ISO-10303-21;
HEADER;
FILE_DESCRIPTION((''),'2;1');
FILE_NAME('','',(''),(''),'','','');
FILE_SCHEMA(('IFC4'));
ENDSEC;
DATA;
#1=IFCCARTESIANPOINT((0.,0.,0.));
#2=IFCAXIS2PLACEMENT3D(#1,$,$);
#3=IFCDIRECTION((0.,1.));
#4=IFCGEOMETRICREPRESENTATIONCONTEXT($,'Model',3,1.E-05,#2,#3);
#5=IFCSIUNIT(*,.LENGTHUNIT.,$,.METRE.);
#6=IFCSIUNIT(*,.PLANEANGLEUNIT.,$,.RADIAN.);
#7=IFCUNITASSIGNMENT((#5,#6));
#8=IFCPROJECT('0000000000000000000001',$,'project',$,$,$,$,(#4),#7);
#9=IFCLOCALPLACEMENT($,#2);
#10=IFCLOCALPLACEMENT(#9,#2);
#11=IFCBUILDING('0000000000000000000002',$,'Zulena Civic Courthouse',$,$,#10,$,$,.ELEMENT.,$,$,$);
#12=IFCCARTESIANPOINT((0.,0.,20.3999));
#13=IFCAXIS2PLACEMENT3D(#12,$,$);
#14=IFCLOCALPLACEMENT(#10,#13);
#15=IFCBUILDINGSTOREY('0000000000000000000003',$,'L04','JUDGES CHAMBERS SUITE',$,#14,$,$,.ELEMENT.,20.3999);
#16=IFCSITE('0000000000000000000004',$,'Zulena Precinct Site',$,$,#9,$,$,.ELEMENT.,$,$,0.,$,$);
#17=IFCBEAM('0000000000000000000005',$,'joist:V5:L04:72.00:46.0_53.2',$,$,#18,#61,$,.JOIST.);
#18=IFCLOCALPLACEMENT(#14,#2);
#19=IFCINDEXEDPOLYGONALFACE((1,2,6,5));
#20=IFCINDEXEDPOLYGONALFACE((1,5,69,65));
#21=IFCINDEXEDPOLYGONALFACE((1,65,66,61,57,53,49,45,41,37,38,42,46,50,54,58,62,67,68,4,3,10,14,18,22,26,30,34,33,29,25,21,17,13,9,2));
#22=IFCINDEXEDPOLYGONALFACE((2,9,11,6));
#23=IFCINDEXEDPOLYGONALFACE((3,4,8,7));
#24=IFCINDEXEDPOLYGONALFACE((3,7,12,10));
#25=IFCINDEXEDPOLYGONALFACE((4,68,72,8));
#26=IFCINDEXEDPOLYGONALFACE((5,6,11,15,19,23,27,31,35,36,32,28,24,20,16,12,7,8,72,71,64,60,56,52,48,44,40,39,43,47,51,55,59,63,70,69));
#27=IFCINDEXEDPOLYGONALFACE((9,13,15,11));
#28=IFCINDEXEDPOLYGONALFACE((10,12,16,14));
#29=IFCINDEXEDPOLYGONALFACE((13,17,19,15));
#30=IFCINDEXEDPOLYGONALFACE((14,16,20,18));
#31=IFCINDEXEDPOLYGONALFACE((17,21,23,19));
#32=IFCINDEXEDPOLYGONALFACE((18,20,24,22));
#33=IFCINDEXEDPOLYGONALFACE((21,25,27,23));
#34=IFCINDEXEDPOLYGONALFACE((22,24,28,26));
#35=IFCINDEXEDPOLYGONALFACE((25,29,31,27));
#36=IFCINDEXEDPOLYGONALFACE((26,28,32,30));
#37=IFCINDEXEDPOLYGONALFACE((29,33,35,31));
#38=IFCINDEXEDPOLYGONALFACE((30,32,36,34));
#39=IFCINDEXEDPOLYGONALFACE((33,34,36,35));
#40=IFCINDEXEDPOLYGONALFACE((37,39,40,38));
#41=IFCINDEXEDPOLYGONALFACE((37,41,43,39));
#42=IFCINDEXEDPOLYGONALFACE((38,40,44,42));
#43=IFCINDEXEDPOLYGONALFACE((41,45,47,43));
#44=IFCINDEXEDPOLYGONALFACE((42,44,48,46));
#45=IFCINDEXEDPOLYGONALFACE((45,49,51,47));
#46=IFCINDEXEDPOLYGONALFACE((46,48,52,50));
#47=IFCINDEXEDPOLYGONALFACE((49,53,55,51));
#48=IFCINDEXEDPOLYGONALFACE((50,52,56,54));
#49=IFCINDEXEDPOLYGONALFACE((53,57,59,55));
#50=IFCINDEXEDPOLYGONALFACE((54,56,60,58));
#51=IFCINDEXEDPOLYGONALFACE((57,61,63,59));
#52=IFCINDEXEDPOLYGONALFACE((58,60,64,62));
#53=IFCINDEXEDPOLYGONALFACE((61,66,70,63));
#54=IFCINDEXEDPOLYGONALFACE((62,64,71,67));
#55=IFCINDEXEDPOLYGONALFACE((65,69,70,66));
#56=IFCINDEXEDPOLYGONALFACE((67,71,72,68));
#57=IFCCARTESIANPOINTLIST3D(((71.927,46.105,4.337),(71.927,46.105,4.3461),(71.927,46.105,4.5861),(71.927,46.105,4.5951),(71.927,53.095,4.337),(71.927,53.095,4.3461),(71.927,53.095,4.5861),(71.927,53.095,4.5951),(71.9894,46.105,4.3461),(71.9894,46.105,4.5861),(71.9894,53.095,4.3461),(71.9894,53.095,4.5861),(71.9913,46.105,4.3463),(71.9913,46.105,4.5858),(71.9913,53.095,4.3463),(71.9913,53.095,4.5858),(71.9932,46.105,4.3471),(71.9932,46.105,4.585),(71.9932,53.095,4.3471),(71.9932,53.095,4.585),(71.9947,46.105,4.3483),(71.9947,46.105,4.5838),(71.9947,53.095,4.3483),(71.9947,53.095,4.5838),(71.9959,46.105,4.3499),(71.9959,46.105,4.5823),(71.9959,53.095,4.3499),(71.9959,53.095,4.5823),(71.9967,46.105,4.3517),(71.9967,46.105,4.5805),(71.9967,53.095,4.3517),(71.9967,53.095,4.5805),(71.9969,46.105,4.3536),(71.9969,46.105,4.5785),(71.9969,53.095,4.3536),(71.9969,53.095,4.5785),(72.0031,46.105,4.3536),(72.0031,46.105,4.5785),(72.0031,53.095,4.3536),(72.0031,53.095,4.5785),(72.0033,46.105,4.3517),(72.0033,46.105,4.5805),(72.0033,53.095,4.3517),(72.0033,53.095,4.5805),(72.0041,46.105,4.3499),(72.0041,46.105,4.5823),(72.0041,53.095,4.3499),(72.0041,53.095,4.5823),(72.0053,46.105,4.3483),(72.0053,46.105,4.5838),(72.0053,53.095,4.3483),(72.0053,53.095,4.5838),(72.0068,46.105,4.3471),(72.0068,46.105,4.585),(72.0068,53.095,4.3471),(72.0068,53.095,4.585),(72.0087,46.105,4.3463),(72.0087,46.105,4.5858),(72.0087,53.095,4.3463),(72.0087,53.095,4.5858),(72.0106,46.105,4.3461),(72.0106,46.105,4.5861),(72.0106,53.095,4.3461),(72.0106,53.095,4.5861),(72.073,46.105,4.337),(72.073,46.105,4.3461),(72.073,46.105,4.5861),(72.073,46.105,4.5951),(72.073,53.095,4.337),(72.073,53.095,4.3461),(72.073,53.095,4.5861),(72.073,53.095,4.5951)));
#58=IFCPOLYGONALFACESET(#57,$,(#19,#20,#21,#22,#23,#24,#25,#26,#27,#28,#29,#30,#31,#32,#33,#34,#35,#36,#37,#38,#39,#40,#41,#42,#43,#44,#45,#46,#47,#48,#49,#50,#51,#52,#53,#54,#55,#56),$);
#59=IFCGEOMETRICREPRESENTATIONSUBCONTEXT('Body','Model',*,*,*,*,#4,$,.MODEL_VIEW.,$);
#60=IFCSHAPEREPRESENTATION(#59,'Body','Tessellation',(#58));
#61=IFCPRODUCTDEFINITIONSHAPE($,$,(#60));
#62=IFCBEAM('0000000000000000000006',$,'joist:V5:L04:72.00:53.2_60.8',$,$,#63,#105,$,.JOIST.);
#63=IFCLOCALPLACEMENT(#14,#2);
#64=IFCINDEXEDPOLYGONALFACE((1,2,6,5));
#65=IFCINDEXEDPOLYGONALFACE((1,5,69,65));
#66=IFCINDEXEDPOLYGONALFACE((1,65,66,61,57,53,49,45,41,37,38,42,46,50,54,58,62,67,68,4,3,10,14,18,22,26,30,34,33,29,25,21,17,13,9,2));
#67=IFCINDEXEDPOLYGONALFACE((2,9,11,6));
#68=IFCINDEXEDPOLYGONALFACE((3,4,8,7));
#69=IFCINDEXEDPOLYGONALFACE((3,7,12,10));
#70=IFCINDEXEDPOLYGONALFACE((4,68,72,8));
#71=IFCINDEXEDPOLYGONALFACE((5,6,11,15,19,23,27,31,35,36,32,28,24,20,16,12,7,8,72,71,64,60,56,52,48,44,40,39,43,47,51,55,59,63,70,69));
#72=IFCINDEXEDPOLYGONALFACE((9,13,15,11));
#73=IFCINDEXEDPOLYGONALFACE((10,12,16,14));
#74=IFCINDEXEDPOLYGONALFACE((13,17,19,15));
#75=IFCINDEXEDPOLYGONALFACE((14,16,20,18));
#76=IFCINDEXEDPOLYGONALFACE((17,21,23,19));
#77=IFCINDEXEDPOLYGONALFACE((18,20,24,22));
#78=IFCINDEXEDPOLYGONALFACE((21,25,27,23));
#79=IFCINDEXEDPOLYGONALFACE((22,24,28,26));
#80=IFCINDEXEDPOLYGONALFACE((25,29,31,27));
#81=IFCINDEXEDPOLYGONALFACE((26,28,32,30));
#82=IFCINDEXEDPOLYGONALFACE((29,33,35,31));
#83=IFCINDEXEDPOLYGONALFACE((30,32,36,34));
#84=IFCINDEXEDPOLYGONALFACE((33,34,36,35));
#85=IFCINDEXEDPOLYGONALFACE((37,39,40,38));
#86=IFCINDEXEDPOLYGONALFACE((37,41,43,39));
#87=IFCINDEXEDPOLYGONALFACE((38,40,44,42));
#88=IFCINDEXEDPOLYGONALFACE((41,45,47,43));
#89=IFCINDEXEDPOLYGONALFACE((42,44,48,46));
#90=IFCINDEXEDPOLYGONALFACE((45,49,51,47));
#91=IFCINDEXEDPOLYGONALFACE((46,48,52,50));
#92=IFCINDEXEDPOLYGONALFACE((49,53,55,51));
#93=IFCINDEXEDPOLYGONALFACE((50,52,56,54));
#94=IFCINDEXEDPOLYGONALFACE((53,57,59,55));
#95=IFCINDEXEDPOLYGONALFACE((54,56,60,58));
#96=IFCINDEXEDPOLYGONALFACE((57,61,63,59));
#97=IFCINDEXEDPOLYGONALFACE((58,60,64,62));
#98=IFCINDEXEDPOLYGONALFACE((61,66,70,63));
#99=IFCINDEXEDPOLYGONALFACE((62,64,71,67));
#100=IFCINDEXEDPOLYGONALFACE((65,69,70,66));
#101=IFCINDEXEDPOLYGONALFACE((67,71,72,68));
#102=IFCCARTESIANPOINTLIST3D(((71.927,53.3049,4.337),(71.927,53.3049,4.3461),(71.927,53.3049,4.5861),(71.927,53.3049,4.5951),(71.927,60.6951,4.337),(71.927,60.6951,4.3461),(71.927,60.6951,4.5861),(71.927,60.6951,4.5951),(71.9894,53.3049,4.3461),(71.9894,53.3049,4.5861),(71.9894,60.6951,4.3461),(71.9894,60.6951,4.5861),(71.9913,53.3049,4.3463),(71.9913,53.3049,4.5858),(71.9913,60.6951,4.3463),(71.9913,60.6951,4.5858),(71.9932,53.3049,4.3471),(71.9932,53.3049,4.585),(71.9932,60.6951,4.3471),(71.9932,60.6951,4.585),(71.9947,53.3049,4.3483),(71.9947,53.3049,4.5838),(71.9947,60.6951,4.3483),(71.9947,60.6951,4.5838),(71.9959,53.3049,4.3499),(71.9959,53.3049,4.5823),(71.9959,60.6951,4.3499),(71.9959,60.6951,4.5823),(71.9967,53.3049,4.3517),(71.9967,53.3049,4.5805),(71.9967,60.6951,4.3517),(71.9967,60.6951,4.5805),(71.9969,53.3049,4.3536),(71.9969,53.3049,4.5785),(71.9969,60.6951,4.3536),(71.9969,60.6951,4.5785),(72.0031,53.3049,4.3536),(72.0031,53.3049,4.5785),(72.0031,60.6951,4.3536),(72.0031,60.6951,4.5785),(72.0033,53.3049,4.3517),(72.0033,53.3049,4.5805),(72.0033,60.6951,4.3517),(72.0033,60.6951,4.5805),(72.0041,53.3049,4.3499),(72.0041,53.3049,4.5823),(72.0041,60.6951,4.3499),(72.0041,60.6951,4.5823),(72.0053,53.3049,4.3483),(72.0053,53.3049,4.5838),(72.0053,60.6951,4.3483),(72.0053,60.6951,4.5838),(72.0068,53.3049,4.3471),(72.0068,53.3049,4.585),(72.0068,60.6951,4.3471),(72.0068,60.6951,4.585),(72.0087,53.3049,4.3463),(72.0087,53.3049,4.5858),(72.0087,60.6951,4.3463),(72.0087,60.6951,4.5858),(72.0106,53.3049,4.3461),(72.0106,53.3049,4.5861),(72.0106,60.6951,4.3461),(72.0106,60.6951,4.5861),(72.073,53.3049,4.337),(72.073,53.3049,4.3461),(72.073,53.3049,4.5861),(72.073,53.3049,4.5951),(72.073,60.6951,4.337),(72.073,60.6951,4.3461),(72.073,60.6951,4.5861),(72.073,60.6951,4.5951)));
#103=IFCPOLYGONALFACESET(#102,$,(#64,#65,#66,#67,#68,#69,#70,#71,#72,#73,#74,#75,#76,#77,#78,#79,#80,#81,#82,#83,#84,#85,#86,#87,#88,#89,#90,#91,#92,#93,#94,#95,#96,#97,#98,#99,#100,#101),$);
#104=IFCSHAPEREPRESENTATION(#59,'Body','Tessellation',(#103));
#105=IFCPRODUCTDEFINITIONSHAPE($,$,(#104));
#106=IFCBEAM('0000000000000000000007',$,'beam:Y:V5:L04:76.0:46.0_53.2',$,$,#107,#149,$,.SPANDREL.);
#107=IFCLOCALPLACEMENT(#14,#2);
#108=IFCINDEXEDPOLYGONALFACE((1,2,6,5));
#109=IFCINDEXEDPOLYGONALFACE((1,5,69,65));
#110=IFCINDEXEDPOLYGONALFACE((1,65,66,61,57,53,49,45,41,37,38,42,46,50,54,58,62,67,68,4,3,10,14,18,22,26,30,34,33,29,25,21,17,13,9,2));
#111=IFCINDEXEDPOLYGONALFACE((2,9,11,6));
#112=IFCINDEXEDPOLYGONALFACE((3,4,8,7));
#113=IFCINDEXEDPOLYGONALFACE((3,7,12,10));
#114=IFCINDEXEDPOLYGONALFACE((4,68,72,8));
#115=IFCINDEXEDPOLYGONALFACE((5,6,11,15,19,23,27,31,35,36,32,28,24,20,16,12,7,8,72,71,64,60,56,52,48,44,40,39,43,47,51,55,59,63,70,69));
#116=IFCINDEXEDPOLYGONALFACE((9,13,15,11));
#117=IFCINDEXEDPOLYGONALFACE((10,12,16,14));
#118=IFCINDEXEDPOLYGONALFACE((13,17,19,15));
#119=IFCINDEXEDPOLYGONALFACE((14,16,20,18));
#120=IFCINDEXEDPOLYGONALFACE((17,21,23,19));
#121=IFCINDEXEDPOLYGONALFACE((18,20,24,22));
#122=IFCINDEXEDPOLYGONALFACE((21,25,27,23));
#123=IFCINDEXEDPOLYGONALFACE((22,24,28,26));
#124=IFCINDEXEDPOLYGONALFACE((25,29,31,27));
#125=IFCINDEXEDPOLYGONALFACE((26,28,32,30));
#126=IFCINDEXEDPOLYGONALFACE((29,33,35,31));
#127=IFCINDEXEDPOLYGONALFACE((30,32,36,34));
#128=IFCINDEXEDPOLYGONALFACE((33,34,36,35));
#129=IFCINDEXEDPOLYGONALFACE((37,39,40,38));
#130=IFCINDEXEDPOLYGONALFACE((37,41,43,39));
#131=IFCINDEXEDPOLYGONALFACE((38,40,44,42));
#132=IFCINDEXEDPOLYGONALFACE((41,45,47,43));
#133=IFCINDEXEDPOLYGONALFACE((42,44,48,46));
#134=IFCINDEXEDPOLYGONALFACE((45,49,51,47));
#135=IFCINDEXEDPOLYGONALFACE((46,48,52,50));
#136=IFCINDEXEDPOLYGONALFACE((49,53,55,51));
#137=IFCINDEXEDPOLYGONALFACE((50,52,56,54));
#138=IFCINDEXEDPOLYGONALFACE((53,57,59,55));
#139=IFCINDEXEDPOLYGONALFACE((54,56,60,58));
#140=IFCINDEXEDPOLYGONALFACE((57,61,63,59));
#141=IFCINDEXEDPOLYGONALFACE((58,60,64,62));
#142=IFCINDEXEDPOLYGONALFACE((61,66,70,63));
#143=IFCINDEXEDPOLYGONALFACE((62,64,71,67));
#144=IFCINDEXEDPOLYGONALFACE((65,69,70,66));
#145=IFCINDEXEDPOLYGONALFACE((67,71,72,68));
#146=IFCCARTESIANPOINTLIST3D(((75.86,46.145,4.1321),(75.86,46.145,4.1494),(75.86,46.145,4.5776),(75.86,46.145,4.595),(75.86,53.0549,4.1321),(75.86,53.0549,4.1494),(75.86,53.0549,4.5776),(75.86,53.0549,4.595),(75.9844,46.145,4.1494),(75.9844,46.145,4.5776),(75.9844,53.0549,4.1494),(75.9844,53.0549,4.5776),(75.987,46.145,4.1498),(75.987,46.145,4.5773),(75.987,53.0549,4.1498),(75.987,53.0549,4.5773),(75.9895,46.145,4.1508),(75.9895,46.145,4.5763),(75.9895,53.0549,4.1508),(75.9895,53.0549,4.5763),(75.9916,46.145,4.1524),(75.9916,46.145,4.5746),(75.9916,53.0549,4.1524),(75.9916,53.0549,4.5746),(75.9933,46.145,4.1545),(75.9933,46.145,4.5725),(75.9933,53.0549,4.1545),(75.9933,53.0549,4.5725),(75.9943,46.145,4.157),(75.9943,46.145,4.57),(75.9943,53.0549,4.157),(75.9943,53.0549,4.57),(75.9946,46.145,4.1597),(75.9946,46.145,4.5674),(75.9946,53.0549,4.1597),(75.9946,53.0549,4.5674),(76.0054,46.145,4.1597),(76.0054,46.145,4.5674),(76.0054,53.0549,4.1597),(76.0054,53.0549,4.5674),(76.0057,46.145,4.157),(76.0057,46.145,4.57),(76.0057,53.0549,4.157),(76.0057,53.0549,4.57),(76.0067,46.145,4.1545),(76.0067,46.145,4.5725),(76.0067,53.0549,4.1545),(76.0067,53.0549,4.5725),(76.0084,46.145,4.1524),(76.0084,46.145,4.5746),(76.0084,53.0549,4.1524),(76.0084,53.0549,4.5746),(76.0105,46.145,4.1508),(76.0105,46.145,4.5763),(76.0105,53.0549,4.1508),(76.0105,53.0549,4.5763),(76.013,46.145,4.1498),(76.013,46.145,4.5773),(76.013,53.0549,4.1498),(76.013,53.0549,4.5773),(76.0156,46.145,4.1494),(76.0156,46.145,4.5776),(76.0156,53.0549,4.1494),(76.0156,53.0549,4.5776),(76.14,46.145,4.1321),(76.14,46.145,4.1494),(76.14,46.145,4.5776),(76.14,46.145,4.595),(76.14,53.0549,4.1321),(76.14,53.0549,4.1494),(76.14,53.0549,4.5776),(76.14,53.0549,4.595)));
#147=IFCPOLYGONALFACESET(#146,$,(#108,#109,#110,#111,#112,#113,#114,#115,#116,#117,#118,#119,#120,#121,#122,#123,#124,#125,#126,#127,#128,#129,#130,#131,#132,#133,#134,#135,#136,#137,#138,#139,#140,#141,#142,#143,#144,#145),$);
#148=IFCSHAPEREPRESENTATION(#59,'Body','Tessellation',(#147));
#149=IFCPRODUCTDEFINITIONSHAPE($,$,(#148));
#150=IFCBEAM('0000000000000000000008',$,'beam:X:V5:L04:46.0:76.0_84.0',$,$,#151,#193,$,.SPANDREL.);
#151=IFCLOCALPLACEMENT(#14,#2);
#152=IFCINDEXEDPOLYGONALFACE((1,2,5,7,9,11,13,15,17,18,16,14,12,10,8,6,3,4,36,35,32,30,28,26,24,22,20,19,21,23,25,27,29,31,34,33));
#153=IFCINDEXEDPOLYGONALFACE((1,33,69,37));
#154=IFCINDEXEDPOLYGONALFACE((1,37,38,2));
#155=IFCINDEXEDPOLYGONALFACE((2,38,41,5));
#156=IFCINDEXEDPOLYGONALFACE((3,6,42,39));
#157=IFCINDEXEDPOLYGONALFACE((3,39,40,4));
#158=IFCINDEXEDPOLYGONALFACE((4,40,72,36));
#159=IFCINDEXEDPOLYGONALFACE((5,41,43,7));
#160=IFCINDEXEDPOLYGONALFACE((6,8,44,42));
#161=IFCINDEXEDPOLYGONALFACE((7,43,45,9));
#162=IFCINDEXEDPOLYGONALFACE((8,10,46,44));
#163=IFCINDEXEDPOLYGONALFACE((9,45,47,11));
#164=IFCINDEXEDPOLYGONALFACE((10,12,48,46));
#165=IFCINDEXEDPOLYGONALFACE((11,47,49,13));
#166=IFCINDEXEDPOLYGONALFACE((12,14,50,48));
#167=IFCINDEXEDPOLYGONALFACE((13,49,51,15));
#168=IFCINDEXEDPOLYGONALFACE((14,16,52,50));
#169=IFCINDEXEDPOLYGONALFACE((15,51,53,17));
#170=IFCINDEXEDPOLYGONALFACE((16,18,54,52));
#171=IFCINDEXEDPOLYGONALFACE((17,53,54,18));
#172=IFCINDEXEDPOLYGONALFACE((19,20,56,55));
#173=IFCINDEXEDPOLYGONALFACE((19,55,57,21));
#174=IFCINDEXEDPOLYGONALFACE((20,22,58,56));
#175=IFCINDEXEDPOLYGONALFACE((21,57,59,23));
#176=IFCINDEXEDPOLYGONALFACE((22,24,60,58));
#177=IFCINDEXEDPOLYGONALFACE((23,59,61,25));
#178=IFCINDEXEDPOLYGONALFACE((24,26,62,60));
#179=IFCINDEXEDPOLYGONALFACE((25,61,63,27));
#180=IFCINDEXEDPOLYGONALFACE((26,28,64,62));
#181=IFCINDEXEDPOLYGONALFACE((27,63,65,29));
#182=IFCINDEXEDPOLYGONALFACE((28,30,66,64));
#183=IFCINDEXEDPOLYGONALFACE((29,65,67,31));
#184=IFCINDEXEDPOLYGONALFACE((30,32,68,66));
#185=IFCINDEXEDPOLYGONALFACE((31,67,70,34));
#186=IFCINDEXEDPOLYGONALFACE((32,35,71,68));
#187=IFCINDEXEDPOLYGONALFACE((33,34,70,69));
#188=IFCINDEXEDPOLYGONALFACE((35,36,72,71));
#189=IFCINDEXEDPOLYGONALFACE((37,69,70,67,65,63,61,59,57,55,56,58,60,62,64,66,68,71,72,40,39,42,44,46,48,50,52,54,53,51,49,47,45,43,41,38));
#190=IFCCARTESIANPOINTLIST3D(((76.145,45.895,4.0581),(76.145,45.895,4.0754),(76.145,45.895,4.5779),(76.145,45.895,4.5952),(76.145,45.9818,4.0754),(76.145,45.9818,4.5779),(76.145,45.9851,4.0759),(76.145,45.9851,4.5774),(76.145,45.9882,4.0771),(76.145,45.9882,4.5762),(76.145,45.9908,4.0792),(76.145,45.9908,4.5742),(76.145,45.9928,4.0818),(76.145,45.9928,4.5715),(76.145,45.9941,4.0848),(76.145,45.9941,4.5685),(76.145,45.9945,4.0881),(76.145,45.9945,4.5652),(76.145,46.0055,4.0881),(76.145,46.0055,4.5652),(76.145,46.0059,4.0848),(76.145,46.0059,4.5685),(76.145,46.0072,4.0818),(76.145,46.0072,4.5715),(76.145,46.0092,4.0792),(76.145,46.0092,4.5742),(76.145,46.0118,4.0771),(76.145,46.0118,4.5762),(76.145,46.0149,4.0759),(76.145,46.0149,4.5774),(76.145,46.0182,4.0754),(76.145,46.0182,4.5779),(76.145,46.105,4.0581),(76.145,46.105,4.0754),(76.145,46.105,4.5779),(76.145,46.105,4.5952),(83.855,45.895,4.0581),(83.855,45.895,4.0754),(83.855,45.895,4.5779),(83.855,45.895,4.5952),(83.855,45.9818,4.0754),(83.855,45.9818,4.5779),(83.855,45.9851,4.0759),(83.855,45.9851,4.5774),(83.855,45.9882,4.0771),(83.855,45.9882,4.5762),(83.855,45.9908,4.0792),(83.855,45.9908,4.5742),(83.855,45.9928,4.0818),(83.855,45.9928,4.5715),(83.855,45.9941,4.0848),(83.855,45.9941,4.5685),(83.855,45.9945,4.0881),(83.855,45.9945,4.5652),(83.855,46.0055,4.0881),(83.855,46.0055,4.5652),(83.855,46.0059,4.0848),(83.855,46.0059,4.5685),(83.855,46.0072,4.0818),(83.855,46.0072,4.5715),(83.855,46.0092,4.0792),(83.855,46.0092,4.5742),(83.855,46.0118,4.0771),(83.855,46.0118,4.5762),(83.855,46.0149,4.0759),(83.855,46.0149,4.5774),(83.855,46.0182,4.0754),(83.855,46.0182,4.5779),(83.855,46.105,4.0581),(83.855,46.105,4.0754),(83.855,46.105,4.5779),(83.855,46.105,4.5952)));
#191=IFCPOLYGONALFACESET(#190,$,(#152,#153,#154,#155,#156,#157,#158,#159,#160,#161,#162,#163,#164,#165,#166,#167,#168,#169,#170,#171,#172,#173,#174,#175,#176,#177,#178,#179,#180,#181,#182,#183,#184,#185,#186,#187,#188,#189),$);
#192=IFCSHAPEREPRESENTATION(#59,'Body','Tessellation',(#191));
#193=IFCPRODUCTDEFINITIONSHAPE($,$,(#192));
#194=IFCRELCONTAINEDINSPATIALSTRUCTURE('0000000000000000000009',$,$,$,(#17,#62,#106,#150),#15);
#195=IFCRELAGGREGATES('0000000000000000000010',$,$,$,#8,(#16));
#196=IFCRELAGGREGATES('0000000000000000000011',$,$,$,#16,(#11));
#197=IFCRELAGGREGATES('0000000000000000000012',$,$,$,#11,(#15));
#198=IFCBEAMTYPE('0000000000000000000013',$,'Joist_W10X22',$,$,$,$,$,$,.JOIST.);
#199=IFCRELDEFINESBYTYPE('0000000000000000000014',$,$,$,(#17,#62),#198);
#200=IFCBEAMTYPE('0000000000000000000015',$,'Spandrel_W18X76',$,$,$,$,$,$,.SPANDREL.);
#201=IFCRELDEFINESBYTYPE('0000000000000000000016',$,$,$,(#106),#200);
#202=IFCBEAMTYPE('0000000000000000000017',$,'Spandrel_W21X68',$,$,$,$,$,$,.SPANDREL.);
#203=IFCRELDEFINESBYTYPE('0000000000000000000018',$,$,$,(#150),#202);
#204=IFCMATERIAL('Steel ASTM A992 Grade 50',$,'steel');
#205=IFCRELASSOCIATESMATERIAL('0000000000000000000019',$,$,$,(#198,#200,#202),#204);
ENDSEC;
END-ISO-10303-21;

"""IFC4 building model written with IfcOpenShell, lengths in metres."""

from ifc_helpers import new_model, si_unit, direction, frame, origin, origin_2d, place, context, subcontext, project, spatial, i_section, extrude, material, material_profile, profile_set, type_object, element, save


model = new_model("IFC4")

# Units and contexts
model_context = context("Model", 3, precision=1e-05, world=origin(), true_north=direction((0.0, 1.0)))
body_context = subcontext(model_context, "Body", "Model", "MODEL_VIEW")
ifc_project = project(units=[si_unit("LENGTHUNIT", "METRE"), si_unit("PLANEANGLEUNIT", "RADIAN")], contexts=[model_context])

# Site, building, storey
site_placement = place(None, origin())
site = spatial("IfcSite", under=ifc_project, at=site_placement, Name="Zulena Precinct Site", CompositionType="ELEMENT", RefElevation=0.0)
building_placement = place(site_placement, origin())
building = spatial("IfcBuilding", under=site, at=building_placement, Name="Zulena Civic Courthouse", CompositionType="ELEMENT")
storey_placement = place(building_placement, frame((0.0, 0.0, 20.3999)))
storey = spatial("IfcBuildingStorey", under=building, at=storey_placement, Name="L04", Description="JUDGES CHAMBERS SUITE", CompositionType="ELEMENT", Elevation=20.3999)

# Shared definitions
ifc_material_1 = material(Name="Steel ASTM A992 Grade 50", Category="steel")

# Beams
ifc_material_profile_1 = material_profile(ifc_material_1, i_section(OverallWidth=0.146, OverallDepth=0.2581, WebThickness=0.0061, FlangeThickness=0.009, FilletRadius=0.0076, at=origin_2d()), Name="W10X22")
ifc_profile_set_1 = profile_set([ifc_material_profile_1], Name="Steel ASTM A992 Grade 50")
beam_type_1 = type_object("IfcBeamType", Name="Joist_W10X22", PredefinedType="JOIST", material=ifc_profile_set_1)
beam_1_placement = place(storey_placement, frame((72.0, 46.105, 4.4661), z_axis=(0.0, 1.0, 0.0), x_axis=(-1.0, 0.0, 0.0)))
element("IfcBeam", 1, at=beam_1_placement, inside=storey, type_object=beam_type_1, Name="joist:V5:L04:72.00:46.0_53.2", PredefinedType="JOIST", context=body_context, shape_type="SweptSolid", body=[
    extrude(i_section(OverallWidth=0.146, OverallDepth=0.2581, WebThickness=0.0061, FlangeThickness=0.009, FilletRadius=0.0076, at=origin_2d()), origin(), (0.0, 0.0, 1.0), 6.99),
])
beam_2_placement = place(storey_placement, frame((72.0, 53.3049, 4.4661), z_axis=(0.0, 1.0, 0.0), x_axis=(-1.0, 0.0, 0.0)))
element("IfcBeam", 2, at=beam_2_placement, inside=storey, type_object=beam_type_1, Name="joist:V5:L04:72.00:53.2_60.8", PredefinedType="JOIST", context=body_context, shape_type="SweptSolid", body=[
    extrude(i_section(OverallWidth=0.146, OverallDepth=0.2581, WebThickness=0.0061, FlangeThickness=0.009, FilletRadius=0.0076, at=origin_2d()), origin(), (0.0, 0.0, 1.0), 7.3901),
])
ifc_material_profile_2 = material_profile(ifc_material_1, i_section(OverallWidth=0.28, OverallDepth=0.4629, WebThickness=0.0107, FlangeThickness=0.0173, FilletRadius=0.0103, at=origin_2d()), Name="W18X76")
ifc_profile_set_2 = profile_set([ifc_material_profile_2], Name="Steel ASTM A992 Grade 50")
beam_type_2 = type_object("IfcBeamType", Name="Spandrel_W18X76", PredefinedType="SPANDREL", material=ifc_profile_set_2)
beam_3_placement = place(storey_placement, frame((76.0, 46.145, 4.3635), z_axis=(0.0, 1.0, 0.0), x_axis=(-1.0, 0.0, 0.0)))
element("IfcBeam", 3, at=beam_3_placement, inside=storey, type_object=beam_type_2, Name="beam:Y:V5:L04:76.0:46.0_53.2", PredefinedType="SPANDREL", context=body_context, shape_type="SweptSolid", body=[
    extrude(i_section(OverallWidth=0.28, OverallDepth=0.4629, WebThickness=0.0107, FlangeThickness=0.0173, FilletRadius=0.0103, at=origin_2d()), origin(), (0.0, 0.0, 1.0), 6.9099),
])
ifc_material_profile_3 = material_profile(ifc_material_1, i_section(OverallWidth=0.21, OverallDepth=0.5371, WebThickness=0.011, FlangeThickness=0.0173, FilletRadius=0.0127, at=origin_2d()), Name="W21X68")
ifc_profile_set_3 = profile_set([ifc_material_profile_3], Name="Steel ASTM A992 Grade 50")
beam_type_3 = type_object("IfcBeamType", Name="Spandrel_W21X68", PredefinedType="SPANDREL", material=ifc_profile_set_3)
beam_4_placement = place(storey_placement, frame((76.145, 46.0, 4.3267), z_axis=(1.0, 0.0, 0.0), x_axis=(0.0, 1.0, 0.0)))
element("IfcBeam", 4, at=beam_4_placement, inside=storey, type_object=beam_type_3, Name="beam:X:V5:L04:46.0:76.0_84.0", PredefinedType="SPANDREL", context=body_context, shape_type="SweptSolid", body=[
    extrude(i_section(OverallWidth=0.21, OverallDepth=0.5371, WebThickness=0.011, FlangeThickness=0.0173, FilletRadius=0.0127, at=origin_2d()), origin(), (0.0, 0.0, 1.0), 7.71),
])

save(model, "model.ifc")
